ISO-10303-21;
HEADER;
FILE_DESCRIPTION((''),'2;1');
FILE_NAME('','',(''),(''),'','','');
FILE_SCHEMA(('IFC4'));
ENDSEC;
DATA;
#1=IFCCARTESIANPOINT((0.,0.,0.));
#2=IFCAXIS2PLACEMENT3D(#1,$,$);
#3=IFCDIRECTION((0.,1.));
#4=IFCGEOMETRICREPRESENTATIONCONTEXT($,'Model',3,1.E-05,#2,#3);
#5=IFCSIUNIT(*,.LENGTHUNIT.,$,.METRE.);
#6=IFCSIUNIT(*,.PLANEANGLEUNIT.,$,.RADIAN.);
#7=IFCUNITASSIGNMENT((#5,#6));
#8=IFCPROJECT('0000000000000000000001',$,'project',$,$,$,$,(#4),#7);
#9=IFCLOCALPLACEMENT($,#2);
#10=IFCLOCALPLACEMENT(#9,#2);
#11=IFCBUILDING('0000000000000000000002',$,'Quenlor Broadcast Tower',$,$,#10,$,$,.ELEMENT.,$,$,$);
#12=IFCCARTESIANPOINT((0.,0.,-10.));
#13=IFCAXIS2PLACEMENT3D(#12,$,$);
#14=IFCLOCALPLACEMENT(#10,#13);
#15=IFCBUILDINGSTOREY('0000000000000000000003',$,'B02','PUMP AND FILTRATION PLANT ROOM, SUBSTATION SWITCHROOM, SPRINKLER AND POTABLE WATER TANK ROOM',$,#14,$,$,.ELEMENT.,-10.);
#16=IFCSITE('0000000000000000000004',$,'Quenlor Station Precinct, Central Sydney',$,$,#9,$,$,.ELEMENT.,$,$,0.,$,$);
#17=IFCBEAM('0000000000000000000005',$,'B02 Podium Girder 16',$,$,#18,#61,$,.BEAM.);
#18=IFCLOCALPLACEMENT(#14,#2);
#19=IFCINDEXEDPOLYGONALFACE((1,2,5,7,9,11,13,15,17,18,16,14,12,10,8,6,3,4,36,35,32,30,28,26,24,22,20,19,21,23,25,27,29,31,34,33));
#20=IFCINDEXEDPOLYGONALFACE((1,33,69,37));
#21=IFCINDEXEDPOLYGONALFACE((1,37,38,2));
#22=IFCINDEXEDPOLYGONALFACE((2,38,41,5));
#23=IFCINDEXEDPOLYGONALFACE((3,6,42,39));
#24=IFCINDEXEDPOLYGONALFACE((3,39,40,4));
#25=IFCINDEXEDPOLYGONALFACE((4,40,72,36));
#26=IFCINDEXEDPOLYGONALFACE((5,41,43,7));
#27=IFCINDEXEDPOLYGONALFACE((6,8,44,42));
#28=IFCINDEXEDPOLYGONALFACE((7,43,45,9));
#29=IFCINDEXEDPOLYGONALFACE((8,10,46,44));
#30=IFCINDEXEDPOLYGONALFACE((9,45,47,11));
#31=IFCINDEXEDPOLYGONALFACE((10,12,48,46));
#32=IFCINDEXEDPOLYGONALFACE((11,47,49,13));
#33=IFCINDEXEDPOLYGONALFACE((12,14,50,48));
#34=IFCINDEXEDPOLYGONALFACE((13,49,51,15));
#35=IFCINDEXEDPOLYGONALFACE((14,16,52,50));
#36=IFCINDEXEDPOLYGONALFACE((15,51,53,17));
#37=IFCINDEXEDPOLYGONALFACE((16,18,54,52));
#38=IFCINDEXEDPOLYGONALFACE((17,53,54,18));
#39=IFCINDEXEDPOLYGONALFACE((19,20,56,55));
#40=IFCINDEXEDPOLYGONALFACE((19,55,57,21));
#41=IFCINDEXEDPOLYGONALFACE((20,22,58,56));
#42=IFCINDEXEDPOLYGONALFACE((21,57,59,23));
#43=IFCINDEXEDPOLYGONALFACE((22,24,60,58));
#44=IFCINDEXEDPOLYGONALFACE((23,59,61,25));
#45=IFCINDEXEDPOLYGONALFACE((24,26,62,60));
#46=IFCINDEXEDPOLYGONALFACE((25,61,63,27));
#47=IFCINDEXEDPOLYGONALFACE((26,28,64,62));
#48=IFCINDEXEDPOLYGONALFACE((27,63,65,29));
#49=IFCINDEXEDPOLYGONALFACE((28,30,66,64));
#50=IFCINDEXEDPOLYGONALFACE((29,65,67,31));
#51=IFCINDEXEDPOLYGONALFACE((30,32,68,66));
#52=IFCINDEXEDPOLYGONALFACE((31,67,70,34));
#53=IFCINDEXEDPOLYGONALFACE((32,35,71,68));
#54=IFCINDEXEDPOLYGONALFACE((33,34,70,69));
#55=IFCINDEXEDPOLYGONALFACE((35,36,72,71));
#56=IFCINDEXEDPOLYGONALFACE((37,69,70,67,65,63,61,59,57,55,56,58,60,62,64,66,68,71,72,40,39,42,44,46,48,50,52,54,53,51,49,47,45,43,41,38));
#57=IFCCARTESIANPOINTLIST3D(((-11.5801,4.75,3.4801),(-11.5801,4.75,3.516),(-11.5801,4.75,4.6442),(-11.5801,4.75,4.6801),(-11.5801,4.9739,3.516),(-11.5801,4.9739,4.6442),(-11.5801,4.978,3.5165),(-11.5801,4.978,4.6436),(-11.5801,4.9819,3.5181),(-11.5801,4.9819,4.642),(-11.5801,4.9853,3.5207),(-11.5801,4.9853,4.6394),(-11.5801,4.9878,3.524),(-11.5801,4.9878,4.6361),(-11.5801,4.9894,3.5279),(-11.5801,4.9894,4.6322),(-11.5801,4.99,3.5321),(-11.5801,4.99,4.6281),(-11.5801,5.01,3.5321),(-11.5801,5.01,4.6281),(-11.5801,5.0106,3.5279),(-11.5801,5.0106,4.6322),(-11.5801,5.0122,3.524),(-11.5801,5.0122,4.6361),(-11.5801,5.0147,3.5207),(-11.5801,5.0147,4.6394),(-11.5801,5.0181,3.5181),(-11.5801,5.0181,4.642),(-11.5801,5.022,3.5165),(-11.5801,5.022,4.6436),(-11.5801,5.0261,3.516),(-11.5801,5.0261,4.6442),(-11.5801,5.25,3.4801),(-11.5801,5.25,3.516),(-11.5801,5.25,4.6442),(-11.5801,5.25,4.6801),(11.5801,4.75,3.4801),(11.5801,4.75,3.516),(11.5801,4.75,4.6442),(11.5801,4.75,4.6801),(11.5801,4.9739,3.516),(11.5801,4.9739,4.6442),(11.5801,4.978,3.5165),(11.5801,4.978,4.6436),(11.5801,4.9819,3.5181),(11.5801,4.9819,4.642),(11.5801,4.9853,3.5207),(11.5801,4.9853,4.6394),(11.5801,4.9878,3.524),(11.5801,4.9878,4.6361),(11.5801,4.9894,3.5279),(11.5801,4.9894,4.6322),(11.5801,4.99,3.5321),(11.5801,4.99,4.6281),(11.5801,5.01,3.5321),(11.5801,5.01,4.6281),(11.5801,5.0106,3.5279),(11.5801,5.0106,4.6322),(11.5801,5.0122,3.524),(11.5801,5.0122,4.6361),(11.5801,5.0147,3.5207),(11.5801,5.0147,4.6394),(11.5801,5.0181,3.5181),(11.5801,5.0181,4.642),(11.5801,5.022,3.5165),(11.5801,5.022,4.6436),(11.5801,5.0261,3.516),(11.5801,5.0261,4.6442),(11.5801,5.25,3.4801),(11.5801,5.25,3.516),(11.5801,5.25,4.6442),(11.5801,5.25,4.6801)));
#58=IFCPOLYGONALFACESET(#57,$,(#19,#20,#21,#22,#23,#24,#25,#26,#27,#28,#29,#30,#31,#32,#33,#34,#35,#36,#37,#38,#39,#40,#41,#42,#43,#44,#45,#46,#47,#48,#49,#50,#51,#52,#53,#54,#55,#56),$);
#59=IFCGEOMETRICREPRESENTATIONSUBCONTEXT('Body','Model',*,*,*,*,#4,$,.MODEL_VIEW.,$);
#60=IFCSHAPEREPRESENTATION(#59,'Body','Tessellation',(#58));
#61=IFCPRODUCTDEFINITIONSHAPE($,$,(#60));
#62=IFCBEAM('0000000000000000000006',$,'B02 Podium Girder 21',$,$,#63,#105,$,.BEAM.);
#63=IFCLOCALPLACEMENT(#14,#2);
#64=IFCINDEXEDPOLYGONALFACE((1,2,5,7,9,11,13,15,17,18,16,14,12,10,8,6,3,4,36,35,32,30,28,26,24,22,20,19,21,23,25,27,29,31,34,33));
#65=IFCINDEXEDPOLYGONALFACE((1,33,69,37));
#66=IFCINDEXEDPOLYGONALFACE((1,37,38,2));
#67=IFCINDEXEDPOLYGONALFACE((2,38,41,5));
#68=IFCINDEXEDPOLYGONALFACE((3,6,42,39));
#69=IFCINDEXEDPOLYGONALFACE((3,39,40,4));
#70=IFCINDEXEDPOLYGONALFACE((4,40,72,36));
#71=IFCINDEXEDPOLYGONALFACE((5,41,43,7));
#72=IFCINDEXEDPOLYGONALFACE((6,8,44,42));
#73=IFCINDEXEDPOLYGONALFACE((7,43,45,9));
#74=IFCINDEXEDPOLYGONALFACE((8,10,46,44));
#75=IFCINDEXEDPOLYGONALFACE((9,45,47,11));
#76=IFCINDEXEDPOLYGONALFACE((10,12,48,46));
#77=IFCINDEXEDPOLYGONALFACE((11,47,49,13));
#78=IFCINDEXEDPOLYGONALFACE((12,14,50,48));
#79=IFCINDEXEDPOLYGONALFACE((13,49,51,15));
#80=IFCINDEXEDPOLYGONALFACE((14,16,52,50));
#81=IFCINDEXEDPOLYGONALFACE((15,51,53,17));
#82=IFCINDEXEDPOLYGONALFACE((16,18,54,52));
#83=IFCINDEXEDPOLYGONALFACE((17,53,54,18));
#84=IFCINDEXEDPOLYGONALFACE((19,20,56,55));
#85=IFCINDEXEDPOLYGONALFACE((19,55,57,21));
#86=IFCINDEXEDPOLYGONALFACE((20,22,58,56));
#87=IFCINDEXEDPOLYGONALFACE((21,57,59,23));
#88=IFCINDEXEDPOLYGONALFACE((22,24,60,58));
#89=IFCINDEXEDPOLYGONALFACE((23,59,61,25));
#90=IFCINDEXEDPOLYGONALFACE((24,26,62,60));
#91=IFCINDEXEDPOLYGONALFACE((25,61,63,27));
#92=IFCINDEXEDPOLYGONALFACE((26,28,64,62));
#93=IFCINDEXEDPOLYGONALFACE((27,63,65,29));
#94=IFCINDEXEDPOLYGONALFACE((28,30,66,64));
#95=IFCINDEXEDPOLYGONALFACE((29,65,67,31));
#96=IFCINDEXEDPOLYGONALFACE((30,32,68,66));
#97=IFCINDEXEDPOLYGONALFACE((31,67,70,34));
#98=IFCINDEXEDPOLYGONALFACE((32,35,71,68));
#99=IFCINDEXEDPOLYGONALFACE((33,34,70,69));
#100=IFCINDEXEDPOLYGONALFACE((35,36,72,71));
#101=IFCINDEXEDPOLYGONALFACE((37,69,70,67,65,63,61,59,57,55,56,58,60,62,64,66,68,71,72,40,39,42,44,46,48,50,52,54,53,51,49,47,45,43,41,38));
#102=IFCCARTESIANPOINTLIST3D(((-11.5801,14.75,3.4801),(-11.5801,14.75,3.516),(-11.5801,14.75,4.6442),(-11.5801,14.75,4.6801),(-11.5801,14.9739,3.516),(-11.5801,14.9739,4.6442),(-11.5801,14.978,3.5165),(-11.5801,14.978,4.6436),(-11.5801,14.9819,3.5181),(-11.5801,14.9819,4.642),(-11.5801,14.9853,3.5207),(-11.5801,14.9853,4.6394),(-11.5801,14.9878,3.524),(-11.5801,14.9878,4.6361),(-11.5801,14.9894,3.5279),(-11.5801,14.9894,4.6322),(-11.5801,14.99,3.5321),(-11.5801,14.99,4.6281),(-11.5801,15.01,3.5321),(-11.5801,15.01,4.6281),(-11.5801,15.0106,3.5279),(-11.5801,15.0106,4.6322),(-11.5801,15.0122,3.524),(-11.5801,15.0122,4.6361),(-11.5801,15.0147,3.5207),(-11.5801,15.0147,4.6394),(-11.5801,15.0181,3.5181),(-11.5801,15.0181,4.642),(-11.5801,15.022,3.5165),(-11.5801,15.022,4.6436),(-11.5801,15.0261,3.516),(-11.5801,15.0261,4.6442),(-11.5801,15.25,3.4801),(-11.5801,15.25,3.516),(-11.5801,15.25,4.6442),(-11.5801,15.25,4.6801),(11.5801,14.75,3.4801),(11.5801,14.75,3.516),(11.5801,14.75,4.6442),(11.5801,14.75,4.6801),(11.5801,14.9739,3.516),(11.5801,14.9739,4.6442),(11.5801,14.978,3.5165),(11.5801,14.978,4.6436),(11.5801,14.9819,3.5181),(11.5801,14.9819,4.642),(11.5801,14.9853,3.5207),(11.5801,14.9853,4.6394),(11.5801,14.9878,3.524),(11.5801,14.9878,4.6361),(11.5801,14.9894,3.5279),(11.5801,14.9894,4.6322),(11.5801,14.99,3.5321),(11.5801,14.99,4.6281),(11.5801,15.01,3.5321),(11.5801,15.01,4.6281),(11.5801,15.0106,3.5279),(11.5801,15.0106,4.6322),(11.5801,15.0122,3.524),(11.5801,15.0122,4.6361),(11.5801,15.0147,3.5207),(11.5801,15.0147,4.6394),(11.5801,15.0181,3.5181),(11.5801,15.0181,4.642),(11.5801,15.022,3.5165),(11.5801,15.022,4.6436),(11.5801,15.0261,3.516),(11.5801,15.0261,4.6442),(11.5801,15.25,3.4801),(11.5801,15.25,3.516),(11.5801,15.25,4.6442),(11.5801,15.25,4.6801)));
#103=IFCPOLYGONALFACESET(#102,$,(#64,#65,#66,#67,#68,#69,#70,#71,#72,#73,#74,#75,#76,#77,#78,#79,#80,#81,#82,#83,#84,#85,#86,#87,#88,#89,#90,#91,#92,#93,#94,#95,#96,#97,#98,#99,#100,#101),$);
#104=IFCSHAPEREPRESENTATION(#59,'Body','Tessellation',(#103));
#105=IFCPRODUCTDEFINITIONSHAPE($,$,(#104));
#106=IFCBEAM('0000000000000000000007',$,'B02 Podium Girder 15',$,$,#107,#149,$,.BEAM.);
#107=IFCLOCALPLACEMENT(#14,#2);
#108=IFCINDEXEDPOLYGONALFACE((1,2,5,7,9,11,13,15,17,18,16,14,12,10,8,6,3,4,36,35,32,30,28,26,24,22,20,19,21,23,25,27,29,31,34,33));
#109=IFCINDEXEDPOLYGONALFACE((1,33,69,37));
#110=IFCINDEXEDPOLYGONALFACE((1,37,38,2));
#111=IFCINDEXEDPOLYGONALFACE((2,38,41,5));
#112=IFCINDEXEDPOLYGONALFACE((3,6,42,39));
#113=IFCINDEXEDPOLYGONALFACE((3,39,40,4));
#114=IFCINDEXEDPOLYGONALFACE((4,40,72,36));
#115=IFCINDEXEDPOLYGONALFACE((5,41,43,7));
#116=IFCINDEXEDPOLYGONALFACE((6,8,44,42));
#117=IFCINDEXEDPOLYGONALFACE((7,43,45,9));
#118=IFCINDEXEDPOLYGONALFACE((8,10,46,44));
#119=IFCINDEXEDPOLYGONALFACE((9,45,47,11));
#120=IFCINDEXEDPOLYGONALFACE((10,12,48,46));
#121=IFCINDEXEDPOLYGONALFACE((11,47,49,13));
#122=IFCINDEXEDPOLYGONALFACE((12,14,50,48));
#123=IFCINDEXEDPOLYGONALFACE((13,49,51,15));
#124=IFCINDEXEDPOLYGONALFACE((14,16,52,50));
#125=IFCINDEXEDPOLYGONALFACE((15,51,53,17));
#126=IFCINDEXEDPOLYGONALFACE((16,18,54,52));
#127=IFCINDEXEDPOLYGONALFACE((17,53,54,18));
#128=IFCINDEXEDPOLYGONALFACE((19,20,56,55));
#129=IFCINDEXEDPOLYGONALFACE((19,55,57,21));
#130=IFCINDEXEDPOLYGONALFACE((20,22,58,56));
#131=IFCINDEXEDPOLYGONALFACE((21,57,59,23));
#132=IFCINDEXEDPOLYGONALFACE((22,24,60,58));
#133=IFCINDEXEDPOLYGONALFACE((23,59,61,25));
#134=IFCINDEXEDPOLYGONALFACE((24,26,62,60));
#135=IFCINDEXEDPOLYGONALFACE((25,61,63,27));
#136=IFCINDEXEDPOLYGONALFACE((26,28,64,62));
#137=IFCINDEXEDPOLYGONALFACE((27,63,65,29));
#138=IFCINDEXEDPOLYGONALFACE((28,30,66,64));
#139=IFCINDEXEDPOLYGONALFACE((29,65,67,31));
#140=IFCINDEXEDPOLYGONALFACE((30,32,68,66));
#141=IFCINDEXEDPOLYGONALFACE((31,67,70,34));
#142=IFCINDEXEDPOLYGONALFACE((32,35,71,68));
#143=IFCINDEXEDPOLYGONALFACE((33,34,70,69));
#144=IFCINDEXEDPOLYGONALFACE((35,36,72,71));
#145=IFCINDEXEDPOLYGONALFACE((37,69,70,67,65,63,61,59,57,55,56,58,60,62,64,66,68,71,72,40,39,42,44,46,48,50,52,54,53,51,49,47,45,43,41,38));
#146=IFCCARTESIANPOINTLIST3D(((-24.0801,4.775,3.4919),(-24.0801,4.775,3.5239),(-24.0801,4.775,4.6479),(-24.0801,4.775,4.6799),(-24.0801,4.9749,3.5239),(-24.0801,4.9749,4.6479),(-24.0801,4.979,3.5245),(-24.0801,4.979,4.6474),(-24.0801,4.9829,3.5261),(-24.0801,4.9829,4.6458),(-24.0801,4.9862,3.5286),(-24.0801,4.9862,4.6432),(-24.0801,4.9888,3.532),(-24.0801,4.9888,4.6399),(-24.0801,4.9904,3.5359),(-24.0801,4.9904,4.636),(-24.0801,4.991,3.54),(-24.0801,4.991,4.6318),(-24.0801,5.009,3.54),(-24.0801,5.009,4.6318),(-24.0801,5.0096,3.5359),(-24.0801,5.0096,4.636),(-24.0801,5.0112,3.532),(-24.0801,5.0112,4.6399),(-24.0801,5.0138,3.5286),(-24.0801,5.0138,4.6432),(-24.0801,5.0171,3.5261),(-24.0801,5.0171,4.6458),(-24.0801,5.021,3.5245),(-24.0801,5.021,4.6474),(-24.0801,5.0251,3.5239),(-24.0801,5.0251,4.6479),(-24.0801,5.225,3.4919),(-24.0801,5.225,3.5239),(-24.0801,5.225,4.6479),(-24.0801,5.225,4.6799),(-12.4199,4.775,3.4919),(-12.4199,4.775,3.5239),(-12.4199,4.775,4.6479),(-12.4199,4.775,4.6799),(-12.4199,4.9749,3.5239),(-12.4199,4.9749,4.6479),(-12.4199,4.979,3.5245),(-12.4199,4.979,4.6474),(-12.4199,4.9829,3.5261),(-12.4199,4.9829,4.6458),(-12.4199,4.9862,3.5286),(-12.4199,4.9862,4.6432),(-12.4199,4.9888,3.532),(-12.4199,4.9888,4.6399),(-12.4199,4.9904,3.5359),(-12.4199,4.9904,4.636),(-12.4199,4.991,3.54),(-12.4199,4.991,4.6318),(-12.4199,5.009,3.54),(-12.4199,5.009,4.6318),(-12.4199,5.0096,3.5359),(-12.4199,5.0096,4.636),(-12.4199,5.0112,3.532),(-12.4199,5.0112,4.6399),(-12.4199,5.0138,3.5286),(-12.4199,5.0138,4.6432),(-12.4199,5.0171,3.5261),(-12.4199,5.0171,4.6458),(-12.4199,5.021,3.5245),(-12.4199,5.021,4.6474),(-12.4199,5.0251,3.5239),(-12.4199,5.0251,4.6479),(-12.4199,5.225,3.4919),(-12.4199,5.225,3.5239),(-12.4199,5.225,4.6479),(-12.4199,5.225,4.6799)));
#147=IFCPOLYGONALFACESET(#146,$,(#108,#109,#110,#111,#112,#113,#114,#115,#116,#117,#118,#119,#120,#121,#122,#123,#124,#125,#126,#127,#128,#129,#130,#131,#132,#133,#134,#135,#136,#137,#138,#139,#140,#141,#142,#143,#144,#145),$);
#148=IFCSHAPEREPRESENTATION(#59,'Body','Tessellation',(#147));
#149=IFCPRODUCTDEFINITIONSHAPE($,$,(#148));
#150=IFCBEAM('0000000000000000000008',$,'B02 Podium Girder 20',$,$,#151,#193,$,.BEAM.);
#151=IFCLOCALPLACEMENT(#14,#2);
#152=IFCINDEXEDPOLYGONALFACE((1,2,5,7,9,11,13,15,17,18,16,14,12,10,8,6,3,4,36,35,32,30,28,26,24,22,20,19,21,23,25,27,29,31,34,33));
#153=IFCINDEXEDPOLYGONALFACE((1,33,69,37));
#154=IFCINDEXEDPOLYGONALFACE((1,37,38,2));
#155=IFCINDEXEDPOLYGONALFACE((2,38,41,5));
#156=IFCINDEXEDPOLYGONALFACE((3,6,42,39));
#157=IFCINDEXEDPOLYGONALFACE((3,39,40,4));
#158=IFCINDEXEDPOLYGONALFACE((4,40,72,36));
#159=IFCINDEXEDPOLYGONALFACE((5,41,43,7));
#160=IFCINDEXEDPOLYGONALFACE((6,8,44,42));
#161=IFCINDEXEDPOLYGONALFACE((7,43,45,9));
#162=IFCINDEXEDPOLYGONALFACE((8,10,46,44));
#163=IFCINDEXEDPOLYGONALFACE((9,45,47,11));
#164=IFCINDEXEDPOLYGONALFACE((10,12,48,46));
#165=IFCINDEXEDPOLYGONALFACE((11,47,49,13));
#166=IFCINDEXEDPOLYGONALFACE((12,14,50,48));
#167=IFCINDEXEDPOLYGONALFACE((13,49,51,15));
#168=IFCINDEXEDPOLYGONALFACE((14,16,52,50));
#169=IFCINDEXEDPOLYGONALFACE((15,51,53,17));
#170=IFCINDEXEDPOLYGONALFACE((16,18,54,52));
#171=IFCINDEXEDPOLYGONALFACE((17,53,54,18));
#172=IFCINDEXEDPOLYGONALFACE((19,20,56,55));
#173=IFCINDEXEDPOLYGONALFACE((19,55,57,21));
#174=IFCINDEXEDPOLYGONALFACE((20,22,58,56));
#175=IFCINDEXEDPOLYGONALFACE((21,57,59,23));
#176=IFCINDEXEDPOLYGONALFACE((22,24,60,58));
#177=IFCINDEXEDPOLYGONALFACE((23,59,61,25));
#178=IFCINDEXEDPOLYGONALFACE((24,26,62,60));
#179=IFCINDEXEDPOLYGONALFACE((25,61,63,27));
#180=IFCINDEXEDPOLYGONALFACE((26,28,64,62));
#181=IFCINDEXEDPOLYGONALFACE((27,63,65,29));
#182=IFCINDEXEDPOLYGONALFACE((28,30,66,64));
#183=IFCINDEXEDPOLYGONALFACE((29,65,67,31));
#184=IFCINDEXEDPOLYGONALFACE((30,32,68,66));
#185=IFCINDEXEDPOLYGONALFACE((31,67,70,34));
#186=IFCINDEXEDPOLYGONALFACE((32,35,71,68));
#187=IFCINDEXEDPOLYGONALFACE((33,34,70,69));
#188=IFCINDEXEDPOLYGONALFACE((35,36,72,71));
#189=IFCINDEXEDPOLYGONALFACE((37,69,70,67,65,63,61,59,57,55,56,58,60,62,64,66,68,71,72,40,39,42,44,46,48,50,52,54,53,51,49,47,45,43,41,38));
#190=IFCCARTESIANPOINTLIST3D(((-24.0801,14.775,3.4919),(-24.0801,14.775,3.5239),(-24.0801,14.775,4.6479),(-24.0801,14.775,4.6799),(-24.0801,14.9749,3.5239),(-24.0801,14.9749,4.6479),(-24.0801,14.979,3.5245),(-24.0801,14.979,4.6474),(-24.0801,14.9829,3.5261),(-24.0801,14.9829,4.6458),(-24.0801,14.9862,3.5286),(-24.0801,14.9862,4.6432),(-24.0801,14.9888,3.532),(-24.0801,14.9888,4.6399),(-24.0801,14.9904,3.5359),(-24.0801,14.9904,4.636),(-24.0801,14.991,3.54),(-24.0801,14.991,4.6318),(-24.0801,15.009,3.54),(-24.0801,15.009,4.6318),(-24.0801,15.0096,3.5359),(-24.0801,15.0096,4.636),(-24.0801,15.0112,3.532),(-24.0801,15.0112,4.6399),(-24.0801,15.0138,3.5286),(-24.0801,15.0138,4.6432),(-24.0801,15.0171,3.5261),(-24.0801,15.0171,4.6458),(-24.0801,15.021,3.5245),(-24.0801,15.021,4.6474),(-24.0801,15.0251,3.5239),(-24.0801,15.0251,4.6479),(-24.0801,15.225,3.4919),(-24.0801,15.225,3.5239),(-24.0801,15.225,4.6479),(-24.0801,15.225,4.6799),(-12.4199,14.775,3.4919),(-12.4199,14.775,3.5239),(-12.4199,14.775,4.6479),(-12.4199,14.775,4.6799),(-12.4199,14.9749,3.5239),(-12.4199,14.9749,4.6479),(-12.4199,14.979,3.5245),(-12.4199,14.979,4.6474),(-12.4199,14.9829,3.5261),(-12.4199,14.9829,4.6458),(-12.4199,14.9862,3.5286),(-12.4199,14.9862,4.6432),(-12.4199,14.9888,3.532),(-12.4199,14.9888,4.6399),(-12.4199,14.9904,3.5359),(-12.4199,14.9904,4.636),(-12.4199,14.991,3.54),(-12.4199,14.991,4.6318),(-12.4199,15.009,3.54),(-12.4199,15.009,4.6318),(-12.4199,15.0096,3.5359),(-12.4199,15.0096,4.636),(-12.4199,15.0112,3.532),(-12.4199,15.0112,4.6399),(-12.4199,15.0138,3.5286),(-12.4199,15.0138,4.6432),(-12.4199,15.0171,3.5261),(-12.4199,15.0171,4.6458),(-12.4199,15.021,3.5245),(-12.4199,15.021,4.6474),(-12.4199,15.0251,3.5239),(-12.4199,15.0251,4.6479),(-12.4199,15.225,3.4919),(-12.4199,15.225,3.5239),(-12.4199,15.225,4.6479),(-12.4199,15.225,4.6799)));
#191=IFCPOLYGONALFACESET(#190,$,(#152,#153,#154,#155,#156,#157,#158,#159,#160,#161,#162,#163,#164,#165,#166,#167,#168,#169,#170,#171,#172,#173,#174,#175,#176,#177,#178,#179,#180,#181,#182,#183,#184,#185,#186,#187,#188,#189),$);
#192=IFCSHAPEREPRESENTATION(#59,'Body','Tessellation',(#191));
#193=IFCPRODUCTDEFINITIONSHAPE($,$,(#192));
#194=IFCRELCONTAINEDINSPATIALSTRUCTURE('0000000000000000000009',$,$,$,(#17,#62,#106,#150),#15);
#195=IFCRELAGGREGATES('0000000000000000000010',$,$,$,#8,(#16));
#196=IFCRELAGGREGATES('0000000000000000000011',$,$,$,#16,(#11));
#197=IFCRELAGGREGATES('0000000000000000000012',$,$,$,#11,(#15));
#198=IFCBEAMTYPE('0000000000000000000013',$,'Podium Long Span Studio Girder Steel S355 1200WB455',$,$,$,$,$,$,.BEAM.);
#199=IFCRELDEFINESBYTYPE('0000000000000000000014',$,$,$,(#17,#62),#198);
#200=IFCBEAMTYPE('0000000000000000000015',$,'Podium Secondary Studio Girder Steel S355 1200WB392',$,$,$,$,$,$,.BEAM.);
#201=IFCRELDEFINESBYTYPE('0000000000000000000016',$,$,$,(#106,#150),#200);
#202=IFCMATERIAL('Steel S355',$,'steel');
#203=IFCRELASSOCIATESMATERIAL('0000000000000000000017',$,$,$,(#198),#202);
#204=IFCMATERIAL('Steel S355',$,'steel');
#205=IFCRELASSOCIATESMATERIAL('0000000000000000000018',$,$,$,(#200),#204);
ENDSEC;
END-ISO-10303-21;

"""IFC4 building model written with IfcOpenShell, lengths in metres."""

from ifc_helpers import new_model, si_unit, direction, frame, origin, origin_2d, place, context, subcontext, project, spatial, i_section, extrude, material, material_profile, profile_set, type_object, element, save


model = new_model("IFC4")

# Units and contexts
model_context = context("Model", 3, precision=1e-05, world=origin(), true_north=direction((0.0, 1.0)))
body_context = subcontext(model_context, "Body", "Model", "MODEL_VIEW")
ifc_project = project(units=[si_unit("LENGTHUNIT", "METRE"), si_unit("PLANEANGLEUNIT", "RADIAN")], contexts=[model_context])

# Site, building, storey
site_placement = place(None, origin())
site = spatial("IfcSite", under=ifc_project, at=site_placement, Name="Quenlor Station Precinct, Central Sydney", CompositionType="ELEMENT", RefElevation=0.0)
building_placement = place(site_placement, origin())
building = spatial("IfcBuilding", under=site, at=building_placement, Name="Quenlor Broadcast Tower", CompositionType="ELEMENT")
storey_placement = place(building_placement, frame((0.0, 0.0, -10.0)))
storey = spatial("IfcBuildingStorey", under=building, at=storey_placement, Name="B02", Description="PUMP AND FILTRATION PLANT ROOM, SUBSTATION SWITCHROOM, SPRINKLER AND POTABLE WATER TANK ROOM", CompositionType="ELEMENT", Elevation=-10.0)

# Beams
ifc_material_1 = material(Name="Steel S355", Category="steel")
ifc_material_profile_1 = material_profile(ifc_material_1, i_section(OverallWidth=0.5, OverallDepth=1.2, WebThickness=0.02, FlangeThickness=0.0359, FilletRadius=0.0161, at=origin_2d()))
ifc_profile_set_1 = profile_set([ifc_material_profile_1], Name="Steel S355 1200WB455")
beam_type_1 = type_object("IfcBeamType", Name="Podium Long Span Studio Girder Steel S355 1200WB455", PredefinedType="BEAM", material=ifc_profile_set_1)
for number, where, z_axis, x_axis, name in (
    (1, (-11.5801, 5.0, 4.0801), (1.0, 0.0, 0.0), (0.0, 1.0, 0.0), "B02 Podium Girder 16"),
    (2, (-11.5801, 15.0, 4.0801), (1.0, 0.0, 0.0), (0.0, 1.0, 0.0), "B02 Podium Girder 21"),
):
    element("IfcBeam", number, at=place(storey_placement, frame(where, z_axis=z_axis, x_axis=x_axis)), inside=storey, type_object=beam_type_1, Name=name, PredefinedType="BEAM", context=body_context, shape_type="SweptSolid", body=[
        extrude(i_section(OverallWidth=0.5, OverallDepth=1.2, WebThickness=0.02, FlangeThickness=0.0359, FilletRadius=0.0161, at=origin_2d()), origin(), (0.0, 0.0, 1.0), 23.1602),
    ])
ifc_material_2 = material(Name="Steel S355", Category="steel")
ifc_material_profile_2 = material_profile(ifc_material_2, i_section(OverallWidth=0.45, OverallDepth=1.188, WebThickness=0.0181, FlangeThickness=0.032, FilletRadius=0.0161, at=origin_2d()))
ifc_profile_set_2 = profile_set([ifc_material_profile_2], Name="Steel S355 1200WB392")
beam_type_2 = type_object("IfcBeamType", Name="Podium Secondary Studio Girder Steel S355 1200WB392", PredefinedType="BEAM", material=ifc_profile_set_2)
for number, where, z_axis, x_axis, name in (
    (3, (-24.0801, 5.0, 4.0859), (1.0, 0.0, 0.0), (0.0, 1.0, 0.0), "B02 Podium Girder 15"),
    (4, (-24.0801, 15.0, 4.0859), (1.0, 0.0, 0.0), (0.0, 1.0, 0.0), "B02 Podium Girder 20"),
):
    element("IfcBeam", number, at=place(storey_placement, frame(where, z_axis=z_axis, x_axis=x_axis)), inside=storey, type_object=beam_type_2, Name=name, PredefinedType="BEAM", context=body_context, shape_type="SweptSolid", body=[
        extrude(i_section(OverallWidth=0.45, OverallDepth=1.188, WebThickness=0.0181, FlangeThickness=0.032, FilletRadius=0.0161, at=origin_2d()), origin(), (0.0, 0.0, 1.0), 11.6602),
    ])

save(model, "model.ifc")
